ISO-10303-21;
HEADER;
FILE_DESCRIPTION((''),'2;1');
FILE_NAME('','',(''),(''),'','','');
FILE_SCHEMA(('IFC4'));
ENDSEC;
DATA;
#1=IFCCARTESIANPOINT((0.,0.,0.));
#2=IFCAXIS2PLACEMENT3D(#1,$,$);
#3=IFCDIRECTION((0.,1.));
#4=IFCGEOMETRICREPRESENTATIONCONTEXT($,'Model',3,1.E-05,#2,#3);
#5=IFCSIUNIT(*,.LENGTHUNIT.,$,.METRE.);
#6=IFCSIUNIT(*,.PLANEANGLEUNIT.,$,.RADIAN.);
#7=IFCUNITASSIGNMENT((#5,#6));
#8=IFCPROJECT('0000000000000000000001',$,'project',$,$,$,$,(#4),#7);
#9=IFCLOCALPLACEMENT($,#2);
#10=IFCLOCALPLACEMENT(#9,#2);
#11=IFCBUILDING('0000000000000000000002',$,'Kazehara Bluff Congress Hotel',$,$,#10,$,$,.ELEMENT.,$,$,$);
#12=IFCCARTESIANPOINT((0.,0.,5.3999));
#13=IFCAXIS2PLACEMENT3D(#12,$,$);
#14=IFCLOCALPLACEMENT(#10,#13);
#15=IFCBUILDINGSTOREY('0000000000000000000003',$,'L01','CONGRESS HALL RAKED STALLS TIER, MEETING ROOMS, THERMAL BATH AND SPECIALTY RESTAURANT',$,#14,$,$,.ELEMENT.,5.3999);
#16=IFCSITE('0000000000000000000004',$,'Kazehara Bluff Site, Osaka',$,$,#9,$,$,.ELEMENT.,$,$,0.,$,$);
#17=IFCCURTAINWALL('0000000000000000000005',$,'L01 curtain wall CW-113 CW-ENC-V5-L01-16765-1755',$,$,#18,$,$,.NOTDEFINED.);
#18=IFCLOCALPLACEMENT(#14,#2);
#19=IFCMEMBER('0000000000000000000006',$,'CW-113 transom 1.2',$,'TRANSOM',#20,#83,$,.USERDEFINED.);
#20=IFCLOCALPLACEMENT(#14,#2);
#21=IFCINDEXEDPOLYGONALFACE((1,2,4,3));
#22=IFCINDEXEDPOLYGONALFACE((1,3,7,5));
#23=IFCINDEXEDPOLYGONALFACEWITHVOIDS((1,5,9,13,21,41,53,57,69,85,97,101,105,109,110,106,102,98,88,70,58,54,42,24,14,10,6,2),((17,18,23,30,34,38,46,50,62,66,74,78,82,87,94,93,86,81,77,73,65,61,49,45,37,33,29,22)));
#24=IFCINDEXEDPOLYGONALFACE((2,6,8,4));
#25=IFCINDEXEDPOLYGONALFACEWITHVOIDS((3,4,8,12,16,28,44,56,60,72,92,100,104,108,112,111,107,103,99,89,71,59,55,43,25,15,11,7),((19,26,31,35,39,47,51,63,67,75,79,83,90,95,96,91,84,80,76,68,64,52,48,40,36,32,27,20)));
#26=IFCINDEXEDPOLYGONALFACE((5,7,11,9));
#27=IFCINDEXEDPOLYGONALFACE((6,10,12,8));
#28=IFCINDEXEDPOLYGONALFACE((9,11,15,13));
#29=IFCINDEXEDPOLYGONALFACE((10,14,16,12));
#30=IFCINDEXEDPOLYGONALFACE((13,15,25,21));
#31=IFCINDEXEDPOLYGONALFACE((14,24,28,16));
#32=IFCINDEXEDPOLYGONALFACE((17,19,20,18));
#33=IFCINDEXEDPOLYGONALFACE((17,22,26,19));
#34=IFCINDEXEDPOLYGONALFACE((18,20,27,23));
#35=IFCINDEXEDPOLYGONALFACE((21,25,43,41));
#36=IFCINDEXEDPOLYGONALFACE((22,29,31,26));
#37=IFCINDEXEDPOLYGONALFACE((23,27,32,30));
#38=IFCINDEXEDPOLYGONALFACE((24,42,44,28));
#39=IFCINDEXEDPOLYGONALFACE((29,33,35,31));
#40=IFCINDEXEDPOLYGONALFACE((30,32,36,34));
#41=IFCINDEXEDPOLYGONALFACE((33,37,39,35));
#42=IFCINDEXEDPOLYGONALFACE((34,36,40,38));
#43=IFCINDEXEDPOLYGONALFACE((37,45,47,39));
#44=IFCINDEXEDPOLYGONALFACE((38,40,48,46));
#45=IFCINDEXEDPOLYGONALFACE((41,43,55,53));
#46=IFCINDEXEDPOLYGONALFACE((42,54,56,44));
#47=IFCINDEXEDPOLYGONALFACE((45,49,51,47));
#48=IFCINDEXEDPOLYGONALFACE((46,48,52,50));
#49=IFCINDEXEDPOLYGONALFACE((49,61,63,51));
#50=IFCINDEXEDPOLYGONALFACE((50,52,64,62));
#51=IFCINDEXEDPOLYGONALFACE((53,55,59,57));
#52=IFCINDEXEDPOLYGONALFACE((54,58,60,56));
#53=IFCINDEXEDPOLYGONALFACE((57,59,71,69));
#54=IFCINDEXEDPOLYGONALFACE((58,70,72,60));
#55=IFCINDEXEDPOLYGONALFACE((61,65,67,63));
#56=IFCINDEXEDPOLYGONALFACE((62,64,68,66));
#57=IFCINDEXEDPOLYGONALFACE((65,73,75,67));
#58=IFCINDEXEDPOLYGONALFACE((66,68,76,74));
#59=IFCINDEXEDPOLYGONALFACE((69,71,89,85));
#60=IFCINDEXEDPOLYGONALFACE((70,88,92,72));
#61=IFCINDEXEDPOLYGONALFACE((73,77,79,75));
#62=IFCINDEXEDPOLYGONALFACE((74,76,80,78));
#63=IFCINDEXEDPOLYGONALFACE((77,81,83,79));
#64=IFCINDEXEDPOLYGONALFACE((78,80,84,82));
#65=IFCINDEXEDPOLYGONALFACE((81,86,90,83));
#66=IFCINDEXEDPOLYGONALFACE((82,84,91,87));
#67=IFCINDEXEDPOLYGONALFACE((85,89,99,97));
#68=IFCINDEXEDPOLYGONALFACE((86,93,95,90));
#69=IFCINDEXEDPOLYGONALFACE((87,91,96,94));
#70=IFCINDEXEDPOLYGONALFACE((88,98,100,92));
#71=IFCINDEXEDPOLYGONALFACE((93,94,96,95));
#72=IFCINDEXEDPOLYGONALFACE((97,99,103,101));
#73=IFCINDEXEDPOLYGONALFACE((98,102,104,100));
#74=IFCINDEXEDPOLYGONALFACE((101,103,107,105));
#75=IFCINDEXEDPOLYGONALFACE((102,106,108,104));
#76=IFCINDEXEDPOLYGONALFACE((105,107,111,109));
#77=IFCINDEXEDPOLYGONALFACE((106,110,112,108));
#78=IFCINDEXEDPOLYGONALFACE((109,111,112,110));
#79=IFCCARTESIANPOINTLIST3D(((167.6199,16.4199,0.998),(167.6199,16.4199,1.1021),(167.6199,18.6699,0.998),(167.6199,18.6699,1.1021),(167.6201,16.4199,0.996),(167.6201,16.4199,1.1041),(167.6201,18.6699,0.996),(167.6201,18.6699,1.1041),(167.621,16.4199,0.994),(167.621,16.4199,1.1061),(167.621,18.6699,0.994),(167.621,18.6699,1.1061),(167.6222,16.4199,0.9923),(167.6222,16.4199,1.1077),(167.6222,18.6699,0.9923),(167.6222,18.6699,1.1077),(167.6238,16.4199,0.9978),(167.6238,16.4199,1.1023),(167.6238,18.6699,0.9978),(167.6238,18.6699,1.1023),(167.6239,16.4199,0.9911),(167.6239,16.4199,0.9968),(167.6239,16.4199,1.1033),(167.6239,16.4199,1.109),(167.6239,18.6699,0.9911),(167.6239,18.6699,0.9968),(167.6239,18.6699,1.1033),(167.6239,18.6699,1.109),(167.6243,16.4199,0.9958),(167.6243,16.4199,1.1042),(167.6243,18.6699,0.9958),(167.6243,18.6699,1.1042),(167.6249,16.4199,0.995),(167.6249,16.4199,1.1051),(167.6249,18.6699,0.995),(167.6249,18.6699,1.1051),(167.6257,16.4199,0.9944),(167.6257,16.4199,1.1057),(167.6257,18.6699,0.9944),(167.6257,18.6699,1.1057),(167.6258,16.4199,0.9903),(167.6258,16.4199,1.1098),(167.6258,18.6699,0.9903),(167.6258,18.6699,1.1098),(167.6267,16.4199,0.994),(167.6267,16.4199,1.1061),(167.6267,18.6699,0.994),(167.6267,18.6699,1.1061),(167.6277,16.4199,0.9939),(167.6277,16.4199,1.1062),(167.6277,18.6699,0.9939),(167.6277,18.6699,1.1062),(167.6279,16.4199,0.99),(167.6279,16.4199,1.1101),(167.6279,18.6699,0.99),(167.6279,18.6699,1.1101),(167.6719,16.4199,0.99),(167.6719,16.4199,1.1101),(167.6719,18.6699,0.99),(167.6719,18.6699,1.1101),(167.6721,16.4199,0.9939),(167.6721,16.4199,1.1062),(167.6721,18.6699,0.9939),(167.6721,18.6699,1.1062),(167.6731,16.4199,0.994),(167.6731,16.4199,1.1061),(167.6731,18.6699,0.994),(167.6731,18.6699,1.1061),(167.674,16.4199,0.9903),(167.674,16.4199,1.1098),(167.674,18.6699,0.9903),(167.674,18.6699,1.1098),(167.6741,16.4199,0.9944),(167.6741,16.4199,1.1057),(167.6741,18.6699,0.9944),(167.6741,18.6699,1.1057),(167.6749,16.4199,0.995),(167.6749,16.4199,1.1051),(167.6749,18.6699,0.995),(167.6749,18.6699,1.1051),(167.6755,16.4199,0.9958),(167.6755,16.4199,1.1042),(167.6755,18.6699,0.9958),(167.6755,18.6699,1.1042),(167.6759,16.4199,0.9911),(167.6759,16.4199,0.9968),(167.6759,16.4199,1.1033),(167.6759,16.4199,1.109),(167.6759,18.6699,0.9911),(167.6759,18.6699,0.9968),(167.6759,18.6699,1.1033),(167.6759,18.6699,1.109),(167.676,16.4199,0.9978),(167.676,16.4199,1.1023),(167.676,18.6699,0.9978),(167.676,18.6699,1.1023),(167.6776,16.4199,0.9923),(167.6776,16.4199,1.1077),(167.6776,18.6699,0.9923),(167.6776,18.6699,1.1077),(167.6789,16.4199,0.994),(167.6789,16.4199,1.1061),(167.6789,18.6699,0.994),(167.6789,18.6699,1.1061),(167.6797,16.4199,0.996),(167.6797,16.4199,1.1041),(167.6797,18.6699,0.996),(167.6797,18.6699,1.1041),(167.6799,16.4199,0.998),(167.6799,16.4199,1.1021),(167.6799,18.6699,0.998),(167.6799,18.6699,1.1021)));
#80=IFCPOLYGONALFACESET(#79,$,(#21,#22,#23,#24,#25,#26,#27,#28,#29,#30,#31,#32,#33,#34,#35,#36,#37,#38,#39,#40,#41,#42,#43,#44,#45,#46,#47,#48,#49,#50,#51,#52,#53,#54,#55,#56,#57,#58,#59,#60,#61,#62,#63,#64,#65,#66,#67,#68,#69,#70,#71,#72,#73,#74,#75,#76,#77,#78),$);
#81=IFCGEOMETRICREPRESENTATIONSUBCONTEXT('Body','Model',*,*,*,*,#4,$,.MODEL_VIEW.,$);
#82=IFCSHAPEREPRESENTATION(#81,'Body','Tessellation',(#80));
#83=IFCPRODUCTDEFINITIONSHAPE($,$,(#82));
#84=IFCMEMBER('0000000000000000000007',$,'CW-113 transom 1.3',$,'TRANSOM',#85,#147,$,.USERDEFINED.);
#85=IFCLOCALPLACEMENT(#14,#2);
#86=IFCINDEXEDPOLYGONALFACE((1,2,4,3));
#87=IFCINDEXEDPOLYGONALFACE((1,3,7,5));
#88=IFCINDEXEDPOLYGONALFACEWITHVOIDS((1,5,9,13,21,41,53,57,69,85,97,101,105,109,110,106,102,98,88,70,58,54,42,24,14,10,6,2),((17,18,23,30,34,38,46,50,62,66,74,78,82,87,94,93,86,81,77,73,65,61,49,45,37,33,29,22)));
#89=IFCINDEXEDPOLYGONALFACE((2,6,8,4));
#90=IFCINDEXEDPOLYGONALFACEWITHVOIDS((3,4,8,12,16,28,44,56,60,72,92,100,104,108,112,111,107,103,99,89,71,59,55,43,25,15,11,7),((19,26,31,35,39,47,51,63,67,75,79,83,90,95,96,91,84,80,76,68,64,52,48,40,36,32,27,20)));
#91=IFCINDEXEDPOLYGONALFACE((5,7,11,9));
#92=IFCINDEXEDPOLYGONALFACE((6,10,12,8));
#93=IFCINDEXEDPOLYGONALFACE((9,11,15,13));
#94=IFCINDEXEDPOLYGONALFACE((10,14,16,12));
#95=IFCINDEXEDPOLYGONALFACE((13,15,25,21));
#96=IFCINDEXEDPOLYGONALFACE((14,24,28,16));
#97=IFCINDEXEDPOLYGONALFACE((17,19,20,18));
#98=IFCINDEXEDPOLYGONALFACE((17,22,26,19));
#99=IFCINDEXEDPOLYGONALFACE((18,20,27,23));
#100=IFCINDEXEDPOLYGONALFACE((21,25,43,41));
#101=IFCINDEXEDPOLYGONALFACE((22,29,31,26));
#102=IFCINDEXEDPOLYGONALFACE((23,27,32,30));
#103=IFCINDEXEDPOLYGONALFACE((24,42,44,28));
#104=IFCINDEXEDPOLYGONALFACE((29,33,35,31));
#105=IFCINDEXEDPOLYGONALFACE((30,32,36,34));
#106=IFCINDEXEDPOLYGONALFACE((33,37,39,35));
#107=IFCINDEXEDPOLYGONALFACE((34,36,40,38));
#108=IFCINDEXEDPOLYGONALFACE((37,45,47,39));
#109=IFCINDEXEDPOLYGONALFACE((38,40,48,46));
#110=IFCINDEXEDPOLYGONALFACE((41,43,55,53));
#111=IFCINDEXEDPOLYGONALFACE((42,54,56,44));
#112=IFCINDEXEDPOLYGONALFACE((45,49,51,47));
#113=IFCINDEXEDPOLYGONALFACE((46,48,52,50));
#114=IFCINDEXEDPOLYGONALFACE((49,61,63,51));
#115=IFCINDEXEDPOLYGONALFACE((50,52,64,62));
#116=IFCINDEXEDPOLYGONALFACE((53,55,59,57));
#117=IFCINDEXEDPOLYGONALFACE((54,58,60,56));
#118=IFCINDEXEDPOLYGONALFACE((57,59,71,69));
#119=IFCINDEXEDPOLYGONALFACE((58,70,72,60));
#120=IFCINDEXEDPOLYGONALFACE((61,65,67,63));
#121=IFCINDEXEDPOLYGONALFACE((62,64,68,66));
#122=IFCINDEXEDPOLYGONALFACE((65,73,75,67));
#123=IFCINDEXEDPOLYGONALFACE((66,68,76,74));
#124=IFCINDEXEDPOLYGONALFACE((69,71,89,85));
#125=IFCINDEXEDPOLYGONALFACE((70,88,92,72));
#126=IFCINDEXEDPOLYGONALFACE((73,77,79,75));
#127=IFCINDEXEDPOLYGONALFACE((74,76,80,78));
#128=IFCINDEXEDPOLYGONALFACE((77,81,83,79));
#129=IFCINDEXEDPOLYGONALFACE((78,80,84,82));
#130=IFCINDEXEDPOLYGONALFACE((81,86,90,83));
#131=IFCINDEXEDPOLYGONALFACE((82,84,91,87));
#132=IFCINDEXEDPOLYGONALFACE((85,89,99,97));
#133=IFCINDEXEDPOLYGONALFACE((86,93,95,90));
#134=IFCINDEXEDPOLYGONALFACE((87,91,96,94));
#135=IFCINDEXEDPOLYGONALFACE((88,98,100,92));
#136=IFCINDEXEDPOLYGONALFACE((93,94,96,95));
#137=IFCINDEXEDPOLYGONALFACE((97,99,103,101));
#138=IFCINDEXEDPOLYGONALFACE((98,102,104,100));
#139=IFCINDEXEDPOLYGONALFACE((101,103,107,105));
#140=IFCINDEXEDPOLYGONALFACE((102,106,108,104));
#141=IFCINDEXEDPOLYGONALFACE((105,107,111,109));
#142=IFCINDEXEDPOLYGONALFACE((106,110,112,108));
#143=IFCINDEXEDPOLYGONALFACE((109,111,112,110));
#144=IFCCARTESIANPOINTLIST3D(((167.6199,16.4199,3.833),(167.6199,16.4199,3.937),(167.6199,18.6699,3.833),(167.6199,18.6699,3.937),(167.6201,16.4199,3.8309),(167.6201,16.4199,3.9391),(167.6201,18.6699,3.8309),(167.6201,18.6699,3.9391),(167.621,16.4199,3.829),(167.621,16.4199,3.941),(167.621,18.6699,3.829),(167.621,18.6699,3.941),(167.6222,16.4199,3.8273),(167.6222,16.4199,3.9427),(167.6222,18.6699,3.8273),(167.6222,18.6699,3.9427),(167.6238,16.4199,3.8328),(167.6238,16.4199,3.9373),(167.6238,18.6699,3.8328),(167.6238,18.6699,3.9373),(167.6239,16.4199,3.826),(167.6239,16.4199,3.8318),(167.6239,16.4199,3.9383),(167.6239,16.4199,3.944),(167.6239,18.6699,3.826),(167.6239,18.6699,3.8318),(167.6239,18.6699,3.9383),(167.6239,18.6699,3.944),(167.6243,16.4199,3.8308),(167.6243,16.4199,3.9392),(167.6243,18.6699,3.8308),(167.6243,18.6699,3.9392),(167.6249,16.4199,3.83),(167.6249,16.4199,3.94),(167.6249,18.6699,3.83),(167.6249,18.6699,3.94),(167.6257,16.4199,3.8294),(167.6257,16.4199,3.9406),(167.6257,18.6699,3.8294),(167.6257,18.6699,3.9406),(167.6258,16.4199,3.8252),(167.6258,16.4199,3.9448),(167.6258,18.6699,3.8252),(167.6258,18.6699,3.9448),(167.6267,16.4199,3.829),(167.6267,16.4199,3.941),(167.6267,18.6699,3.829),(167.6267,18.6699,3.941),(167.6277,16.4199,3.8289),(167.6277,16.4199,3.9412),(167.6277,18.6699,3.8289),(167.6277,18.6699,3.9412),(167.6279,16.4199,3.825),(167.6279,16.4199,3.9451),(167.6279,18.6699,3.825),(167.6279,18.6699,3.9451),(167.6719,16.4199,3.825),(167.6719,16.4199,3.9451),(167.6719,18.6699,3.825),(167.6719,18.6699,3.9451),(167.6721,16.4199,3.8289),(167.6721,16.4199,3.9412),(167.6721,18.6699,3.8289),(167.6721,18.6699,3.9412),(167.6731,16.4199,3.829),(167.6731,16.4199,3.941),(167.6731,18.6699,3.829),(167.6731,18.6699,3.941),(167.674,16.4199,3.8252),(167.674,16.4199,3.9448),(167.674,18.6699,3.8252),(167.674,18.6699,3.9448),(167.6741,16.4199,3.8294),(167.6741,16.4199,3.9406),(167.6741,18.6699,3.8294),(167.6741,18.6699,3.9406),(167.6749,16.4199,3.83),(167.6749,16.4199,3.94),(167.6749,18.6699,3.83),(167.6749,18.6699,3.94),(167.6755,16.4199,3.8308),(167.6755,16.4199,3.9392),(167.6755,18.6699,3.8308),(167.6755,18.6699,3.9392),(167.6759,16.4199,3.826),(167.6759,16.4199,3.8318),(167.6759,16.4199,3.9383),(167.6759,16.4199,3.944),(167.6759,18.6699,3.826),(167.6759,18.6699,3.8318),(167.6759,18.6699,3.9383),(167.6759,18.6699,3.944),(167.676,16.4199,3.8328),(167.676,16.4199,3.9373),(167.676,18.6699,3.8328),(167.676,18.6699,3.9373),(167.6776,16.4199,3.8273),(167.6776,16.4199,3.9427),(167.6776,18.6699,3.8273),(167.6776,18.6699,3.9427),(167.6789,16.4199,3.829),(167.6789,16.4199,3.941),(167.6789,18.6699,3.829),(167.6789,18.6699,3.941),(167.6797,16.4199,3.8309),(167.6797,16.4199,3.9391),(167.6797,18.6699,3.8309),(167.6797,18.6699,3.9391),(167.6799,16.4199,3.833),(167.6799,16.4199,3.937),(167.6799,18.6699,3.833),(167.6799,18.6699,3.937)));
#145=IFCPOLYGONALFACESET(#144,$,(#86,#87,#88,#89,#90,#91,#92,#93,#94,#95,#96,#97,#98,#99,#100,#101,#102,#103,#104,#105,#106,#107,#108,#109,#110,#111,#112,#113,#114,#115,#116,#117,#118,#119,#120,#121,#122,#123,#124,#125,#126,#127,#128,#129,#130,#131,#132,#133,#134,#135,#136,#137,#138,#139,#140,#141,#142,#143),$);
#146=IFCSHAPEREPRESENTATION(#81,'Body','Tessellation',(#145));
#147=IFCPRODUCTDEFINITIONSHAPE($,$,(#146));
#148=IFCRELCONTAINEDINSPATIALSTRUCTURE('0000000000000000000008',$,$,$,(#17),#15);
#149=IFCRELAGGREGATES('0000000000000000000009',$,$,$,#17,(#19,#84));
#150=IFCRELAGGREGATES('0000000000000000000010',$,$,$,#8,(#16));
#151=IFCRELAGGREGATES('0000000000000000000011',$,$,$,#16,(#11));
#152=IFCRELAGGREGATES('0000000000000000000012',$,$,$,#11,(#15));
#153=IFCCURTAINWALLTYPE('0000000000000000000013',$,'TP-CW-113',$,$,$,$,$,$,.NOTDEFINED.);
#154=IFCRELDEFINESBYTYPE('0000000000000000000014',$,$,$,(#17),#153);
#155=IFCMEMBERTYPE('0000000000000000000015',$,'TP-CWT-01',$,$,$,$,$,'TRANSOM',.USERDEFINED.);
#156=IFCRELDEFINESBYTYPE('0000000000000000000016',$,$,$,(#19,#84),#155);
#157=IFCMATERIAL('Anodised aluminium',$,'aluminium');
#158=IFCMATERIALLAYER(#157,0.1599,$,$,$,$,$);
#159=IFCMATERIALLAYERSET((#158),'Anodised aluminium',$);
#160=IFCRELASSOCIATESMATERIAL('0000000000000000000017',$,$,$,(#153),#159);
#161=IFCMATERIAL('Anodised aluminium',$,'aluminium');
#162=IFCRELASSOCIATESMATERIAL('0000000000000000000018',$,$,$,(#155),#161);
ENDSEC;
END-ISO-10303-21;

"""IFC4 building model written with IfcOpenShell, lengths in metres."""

from ifc_helpers import new_model, si_unit, direction, frame, origin, origin_2d, place, context, subcontext, project, spatial, hollow_rectangle, extrude, material, layer, layer_set, material_profile, profile_set, type_object, element, aggregate, save


model = new_model("IFC4")

# Units and contexts
model_context = context("Model", 3, precision=1e-05, world=origin(), true_north=direction((0.0, 1.0)))
body_context = subcontext(model_context, "Body", "Model", "MODEL_VIEW")
ifc_project = project(units=[si_unit("LENGTHUNIT", "METRE"), si_unit("PLANEANGLEUNIT", "RADIAN")], contexts=[model_context])

# Site, building, storey
site_placement = place(None, origin())
site = spatial("IfcSite", under=ifc_project, at=site_placement, Name="Kazehara Bluff Site, Osaka", CompositionType="ELEMENT", RefElevation=0.0)
building_placement = place(site_placement, origin())
building = spatial("IfcBuilding", under=site, at=building_placement, Name="Kazehara Bluff Congress Hotel", CompositionType="ELEMENT")
storey_placement = place(building_placement, frame((0.0, 0.0, 5.3999)))
storey = spatial("IfcBuildingStorey", under=building, at=storey_placement, Name="L01", Description="CONGRESS HALL RAKED STALLS TIER, MEETING ROOMS, THERMAL BATH AND SPECIALTY RESTAURANT", CompositionType="ELEMENT", Elevation=5.3999)

# Curtain wall, members
ifc_material_1 = material(Name="Anodised aluminium", Category="aluminium")
ifc_layer_1 = layer(ifc_material_1, 0.1599)
ifc_layer_set_1 = layer_set([ifc_layer_1], Name="Anodised aluminium")
curtain_wall_type_1 = type_object("IfcCurtainWallType", Name="TP-CW-113", PredefinedType="NOTDEFINED", material=ifc_layer_set_1)
curtain_wall_1_placement = place(storey_placement, origin())
curtain_wall_1 = element("IfcCurtainWall", 1, at=curtain_wall_1_placement, inside=storey, type_object=curtain_wall_type_1, Name="L01 curtain wall CW-113 CW-ENC-V5-L01-16765-1755", PredefinedType="NOTDEFINED")
ifc_material_2 = material(Name="Anodised aluminium", Category="aluminium")
ifc_material_profile_1 = material_profile(ifc_material_2, hollow_rectangle(XDim=0.0601, YDim=0.1201, WallThickness=0.0039, InnerFilletRadius=0.0039, OuterFilletRadius=0.0081, at=origin_2d()))
ifc_profile_set_1 = profile_set([ifc_material_profile_1], Name="Anodised aluminium")
member_type_1 = type_object("IfcMemberType", Name="TP-CWT-01", ElementType="TRANSOM", PredefinedType="USERDEFINED", material=ifc_profile_set_1)
member_1_placement = place(storey_placement, frame((167.6499, 18.6699, 1.05), z_axis=(0.0, -1.0, 0.0), x_axis=(1.0, 0.0, 0.0)))
member_1 = element("IfcMember", 2, at=member_1_placement, type_object=member_type_1, Name="CW-113 transom 1.2", ObjectType="TRANSOM", PredefinedType="USERDEFINED", context=body_context, shape_type="SweptSolid", body=[
    extrude(hollow_rectangle(XDim=0.0601, YDim=0.1201, WallThickness=0.0039, InnerFilletRadius=0.0039, OuterFilletRadius=0.0081, at=origin_2d()), origin(), (0.0, 0.0, 1.0), 2.25),
])
member_2_placement = place(storey_placement, frame((167.6499, 18.6699, 3.885), z_axis=(0.0, -1.0, 0.0), x_axis=(1.0, 0.0, 0.0)))
member_2 = element("IfcMember", 3, at=member_2_placement, type_object=member_type_1, Name="CW-113 transom 1.3", ObjectType="TRANSOM", PredefinedType="USERDEFINED", context=body_context, shape_type="SweptSolid", body=[
    extrude(hollow_rectangle(XDim=0.0601, YDim=0.1201, WallThickness=0.0039, InnerFilletRadius=0.0039, OuterFilletRadius=0.0081, at=origin_2d()), origin(), (0.0, 0.0, 1.0), 2.25),
])

aggregate(curtain_wall_1, [member_1, member_2])

save(model, "model.ifc")
